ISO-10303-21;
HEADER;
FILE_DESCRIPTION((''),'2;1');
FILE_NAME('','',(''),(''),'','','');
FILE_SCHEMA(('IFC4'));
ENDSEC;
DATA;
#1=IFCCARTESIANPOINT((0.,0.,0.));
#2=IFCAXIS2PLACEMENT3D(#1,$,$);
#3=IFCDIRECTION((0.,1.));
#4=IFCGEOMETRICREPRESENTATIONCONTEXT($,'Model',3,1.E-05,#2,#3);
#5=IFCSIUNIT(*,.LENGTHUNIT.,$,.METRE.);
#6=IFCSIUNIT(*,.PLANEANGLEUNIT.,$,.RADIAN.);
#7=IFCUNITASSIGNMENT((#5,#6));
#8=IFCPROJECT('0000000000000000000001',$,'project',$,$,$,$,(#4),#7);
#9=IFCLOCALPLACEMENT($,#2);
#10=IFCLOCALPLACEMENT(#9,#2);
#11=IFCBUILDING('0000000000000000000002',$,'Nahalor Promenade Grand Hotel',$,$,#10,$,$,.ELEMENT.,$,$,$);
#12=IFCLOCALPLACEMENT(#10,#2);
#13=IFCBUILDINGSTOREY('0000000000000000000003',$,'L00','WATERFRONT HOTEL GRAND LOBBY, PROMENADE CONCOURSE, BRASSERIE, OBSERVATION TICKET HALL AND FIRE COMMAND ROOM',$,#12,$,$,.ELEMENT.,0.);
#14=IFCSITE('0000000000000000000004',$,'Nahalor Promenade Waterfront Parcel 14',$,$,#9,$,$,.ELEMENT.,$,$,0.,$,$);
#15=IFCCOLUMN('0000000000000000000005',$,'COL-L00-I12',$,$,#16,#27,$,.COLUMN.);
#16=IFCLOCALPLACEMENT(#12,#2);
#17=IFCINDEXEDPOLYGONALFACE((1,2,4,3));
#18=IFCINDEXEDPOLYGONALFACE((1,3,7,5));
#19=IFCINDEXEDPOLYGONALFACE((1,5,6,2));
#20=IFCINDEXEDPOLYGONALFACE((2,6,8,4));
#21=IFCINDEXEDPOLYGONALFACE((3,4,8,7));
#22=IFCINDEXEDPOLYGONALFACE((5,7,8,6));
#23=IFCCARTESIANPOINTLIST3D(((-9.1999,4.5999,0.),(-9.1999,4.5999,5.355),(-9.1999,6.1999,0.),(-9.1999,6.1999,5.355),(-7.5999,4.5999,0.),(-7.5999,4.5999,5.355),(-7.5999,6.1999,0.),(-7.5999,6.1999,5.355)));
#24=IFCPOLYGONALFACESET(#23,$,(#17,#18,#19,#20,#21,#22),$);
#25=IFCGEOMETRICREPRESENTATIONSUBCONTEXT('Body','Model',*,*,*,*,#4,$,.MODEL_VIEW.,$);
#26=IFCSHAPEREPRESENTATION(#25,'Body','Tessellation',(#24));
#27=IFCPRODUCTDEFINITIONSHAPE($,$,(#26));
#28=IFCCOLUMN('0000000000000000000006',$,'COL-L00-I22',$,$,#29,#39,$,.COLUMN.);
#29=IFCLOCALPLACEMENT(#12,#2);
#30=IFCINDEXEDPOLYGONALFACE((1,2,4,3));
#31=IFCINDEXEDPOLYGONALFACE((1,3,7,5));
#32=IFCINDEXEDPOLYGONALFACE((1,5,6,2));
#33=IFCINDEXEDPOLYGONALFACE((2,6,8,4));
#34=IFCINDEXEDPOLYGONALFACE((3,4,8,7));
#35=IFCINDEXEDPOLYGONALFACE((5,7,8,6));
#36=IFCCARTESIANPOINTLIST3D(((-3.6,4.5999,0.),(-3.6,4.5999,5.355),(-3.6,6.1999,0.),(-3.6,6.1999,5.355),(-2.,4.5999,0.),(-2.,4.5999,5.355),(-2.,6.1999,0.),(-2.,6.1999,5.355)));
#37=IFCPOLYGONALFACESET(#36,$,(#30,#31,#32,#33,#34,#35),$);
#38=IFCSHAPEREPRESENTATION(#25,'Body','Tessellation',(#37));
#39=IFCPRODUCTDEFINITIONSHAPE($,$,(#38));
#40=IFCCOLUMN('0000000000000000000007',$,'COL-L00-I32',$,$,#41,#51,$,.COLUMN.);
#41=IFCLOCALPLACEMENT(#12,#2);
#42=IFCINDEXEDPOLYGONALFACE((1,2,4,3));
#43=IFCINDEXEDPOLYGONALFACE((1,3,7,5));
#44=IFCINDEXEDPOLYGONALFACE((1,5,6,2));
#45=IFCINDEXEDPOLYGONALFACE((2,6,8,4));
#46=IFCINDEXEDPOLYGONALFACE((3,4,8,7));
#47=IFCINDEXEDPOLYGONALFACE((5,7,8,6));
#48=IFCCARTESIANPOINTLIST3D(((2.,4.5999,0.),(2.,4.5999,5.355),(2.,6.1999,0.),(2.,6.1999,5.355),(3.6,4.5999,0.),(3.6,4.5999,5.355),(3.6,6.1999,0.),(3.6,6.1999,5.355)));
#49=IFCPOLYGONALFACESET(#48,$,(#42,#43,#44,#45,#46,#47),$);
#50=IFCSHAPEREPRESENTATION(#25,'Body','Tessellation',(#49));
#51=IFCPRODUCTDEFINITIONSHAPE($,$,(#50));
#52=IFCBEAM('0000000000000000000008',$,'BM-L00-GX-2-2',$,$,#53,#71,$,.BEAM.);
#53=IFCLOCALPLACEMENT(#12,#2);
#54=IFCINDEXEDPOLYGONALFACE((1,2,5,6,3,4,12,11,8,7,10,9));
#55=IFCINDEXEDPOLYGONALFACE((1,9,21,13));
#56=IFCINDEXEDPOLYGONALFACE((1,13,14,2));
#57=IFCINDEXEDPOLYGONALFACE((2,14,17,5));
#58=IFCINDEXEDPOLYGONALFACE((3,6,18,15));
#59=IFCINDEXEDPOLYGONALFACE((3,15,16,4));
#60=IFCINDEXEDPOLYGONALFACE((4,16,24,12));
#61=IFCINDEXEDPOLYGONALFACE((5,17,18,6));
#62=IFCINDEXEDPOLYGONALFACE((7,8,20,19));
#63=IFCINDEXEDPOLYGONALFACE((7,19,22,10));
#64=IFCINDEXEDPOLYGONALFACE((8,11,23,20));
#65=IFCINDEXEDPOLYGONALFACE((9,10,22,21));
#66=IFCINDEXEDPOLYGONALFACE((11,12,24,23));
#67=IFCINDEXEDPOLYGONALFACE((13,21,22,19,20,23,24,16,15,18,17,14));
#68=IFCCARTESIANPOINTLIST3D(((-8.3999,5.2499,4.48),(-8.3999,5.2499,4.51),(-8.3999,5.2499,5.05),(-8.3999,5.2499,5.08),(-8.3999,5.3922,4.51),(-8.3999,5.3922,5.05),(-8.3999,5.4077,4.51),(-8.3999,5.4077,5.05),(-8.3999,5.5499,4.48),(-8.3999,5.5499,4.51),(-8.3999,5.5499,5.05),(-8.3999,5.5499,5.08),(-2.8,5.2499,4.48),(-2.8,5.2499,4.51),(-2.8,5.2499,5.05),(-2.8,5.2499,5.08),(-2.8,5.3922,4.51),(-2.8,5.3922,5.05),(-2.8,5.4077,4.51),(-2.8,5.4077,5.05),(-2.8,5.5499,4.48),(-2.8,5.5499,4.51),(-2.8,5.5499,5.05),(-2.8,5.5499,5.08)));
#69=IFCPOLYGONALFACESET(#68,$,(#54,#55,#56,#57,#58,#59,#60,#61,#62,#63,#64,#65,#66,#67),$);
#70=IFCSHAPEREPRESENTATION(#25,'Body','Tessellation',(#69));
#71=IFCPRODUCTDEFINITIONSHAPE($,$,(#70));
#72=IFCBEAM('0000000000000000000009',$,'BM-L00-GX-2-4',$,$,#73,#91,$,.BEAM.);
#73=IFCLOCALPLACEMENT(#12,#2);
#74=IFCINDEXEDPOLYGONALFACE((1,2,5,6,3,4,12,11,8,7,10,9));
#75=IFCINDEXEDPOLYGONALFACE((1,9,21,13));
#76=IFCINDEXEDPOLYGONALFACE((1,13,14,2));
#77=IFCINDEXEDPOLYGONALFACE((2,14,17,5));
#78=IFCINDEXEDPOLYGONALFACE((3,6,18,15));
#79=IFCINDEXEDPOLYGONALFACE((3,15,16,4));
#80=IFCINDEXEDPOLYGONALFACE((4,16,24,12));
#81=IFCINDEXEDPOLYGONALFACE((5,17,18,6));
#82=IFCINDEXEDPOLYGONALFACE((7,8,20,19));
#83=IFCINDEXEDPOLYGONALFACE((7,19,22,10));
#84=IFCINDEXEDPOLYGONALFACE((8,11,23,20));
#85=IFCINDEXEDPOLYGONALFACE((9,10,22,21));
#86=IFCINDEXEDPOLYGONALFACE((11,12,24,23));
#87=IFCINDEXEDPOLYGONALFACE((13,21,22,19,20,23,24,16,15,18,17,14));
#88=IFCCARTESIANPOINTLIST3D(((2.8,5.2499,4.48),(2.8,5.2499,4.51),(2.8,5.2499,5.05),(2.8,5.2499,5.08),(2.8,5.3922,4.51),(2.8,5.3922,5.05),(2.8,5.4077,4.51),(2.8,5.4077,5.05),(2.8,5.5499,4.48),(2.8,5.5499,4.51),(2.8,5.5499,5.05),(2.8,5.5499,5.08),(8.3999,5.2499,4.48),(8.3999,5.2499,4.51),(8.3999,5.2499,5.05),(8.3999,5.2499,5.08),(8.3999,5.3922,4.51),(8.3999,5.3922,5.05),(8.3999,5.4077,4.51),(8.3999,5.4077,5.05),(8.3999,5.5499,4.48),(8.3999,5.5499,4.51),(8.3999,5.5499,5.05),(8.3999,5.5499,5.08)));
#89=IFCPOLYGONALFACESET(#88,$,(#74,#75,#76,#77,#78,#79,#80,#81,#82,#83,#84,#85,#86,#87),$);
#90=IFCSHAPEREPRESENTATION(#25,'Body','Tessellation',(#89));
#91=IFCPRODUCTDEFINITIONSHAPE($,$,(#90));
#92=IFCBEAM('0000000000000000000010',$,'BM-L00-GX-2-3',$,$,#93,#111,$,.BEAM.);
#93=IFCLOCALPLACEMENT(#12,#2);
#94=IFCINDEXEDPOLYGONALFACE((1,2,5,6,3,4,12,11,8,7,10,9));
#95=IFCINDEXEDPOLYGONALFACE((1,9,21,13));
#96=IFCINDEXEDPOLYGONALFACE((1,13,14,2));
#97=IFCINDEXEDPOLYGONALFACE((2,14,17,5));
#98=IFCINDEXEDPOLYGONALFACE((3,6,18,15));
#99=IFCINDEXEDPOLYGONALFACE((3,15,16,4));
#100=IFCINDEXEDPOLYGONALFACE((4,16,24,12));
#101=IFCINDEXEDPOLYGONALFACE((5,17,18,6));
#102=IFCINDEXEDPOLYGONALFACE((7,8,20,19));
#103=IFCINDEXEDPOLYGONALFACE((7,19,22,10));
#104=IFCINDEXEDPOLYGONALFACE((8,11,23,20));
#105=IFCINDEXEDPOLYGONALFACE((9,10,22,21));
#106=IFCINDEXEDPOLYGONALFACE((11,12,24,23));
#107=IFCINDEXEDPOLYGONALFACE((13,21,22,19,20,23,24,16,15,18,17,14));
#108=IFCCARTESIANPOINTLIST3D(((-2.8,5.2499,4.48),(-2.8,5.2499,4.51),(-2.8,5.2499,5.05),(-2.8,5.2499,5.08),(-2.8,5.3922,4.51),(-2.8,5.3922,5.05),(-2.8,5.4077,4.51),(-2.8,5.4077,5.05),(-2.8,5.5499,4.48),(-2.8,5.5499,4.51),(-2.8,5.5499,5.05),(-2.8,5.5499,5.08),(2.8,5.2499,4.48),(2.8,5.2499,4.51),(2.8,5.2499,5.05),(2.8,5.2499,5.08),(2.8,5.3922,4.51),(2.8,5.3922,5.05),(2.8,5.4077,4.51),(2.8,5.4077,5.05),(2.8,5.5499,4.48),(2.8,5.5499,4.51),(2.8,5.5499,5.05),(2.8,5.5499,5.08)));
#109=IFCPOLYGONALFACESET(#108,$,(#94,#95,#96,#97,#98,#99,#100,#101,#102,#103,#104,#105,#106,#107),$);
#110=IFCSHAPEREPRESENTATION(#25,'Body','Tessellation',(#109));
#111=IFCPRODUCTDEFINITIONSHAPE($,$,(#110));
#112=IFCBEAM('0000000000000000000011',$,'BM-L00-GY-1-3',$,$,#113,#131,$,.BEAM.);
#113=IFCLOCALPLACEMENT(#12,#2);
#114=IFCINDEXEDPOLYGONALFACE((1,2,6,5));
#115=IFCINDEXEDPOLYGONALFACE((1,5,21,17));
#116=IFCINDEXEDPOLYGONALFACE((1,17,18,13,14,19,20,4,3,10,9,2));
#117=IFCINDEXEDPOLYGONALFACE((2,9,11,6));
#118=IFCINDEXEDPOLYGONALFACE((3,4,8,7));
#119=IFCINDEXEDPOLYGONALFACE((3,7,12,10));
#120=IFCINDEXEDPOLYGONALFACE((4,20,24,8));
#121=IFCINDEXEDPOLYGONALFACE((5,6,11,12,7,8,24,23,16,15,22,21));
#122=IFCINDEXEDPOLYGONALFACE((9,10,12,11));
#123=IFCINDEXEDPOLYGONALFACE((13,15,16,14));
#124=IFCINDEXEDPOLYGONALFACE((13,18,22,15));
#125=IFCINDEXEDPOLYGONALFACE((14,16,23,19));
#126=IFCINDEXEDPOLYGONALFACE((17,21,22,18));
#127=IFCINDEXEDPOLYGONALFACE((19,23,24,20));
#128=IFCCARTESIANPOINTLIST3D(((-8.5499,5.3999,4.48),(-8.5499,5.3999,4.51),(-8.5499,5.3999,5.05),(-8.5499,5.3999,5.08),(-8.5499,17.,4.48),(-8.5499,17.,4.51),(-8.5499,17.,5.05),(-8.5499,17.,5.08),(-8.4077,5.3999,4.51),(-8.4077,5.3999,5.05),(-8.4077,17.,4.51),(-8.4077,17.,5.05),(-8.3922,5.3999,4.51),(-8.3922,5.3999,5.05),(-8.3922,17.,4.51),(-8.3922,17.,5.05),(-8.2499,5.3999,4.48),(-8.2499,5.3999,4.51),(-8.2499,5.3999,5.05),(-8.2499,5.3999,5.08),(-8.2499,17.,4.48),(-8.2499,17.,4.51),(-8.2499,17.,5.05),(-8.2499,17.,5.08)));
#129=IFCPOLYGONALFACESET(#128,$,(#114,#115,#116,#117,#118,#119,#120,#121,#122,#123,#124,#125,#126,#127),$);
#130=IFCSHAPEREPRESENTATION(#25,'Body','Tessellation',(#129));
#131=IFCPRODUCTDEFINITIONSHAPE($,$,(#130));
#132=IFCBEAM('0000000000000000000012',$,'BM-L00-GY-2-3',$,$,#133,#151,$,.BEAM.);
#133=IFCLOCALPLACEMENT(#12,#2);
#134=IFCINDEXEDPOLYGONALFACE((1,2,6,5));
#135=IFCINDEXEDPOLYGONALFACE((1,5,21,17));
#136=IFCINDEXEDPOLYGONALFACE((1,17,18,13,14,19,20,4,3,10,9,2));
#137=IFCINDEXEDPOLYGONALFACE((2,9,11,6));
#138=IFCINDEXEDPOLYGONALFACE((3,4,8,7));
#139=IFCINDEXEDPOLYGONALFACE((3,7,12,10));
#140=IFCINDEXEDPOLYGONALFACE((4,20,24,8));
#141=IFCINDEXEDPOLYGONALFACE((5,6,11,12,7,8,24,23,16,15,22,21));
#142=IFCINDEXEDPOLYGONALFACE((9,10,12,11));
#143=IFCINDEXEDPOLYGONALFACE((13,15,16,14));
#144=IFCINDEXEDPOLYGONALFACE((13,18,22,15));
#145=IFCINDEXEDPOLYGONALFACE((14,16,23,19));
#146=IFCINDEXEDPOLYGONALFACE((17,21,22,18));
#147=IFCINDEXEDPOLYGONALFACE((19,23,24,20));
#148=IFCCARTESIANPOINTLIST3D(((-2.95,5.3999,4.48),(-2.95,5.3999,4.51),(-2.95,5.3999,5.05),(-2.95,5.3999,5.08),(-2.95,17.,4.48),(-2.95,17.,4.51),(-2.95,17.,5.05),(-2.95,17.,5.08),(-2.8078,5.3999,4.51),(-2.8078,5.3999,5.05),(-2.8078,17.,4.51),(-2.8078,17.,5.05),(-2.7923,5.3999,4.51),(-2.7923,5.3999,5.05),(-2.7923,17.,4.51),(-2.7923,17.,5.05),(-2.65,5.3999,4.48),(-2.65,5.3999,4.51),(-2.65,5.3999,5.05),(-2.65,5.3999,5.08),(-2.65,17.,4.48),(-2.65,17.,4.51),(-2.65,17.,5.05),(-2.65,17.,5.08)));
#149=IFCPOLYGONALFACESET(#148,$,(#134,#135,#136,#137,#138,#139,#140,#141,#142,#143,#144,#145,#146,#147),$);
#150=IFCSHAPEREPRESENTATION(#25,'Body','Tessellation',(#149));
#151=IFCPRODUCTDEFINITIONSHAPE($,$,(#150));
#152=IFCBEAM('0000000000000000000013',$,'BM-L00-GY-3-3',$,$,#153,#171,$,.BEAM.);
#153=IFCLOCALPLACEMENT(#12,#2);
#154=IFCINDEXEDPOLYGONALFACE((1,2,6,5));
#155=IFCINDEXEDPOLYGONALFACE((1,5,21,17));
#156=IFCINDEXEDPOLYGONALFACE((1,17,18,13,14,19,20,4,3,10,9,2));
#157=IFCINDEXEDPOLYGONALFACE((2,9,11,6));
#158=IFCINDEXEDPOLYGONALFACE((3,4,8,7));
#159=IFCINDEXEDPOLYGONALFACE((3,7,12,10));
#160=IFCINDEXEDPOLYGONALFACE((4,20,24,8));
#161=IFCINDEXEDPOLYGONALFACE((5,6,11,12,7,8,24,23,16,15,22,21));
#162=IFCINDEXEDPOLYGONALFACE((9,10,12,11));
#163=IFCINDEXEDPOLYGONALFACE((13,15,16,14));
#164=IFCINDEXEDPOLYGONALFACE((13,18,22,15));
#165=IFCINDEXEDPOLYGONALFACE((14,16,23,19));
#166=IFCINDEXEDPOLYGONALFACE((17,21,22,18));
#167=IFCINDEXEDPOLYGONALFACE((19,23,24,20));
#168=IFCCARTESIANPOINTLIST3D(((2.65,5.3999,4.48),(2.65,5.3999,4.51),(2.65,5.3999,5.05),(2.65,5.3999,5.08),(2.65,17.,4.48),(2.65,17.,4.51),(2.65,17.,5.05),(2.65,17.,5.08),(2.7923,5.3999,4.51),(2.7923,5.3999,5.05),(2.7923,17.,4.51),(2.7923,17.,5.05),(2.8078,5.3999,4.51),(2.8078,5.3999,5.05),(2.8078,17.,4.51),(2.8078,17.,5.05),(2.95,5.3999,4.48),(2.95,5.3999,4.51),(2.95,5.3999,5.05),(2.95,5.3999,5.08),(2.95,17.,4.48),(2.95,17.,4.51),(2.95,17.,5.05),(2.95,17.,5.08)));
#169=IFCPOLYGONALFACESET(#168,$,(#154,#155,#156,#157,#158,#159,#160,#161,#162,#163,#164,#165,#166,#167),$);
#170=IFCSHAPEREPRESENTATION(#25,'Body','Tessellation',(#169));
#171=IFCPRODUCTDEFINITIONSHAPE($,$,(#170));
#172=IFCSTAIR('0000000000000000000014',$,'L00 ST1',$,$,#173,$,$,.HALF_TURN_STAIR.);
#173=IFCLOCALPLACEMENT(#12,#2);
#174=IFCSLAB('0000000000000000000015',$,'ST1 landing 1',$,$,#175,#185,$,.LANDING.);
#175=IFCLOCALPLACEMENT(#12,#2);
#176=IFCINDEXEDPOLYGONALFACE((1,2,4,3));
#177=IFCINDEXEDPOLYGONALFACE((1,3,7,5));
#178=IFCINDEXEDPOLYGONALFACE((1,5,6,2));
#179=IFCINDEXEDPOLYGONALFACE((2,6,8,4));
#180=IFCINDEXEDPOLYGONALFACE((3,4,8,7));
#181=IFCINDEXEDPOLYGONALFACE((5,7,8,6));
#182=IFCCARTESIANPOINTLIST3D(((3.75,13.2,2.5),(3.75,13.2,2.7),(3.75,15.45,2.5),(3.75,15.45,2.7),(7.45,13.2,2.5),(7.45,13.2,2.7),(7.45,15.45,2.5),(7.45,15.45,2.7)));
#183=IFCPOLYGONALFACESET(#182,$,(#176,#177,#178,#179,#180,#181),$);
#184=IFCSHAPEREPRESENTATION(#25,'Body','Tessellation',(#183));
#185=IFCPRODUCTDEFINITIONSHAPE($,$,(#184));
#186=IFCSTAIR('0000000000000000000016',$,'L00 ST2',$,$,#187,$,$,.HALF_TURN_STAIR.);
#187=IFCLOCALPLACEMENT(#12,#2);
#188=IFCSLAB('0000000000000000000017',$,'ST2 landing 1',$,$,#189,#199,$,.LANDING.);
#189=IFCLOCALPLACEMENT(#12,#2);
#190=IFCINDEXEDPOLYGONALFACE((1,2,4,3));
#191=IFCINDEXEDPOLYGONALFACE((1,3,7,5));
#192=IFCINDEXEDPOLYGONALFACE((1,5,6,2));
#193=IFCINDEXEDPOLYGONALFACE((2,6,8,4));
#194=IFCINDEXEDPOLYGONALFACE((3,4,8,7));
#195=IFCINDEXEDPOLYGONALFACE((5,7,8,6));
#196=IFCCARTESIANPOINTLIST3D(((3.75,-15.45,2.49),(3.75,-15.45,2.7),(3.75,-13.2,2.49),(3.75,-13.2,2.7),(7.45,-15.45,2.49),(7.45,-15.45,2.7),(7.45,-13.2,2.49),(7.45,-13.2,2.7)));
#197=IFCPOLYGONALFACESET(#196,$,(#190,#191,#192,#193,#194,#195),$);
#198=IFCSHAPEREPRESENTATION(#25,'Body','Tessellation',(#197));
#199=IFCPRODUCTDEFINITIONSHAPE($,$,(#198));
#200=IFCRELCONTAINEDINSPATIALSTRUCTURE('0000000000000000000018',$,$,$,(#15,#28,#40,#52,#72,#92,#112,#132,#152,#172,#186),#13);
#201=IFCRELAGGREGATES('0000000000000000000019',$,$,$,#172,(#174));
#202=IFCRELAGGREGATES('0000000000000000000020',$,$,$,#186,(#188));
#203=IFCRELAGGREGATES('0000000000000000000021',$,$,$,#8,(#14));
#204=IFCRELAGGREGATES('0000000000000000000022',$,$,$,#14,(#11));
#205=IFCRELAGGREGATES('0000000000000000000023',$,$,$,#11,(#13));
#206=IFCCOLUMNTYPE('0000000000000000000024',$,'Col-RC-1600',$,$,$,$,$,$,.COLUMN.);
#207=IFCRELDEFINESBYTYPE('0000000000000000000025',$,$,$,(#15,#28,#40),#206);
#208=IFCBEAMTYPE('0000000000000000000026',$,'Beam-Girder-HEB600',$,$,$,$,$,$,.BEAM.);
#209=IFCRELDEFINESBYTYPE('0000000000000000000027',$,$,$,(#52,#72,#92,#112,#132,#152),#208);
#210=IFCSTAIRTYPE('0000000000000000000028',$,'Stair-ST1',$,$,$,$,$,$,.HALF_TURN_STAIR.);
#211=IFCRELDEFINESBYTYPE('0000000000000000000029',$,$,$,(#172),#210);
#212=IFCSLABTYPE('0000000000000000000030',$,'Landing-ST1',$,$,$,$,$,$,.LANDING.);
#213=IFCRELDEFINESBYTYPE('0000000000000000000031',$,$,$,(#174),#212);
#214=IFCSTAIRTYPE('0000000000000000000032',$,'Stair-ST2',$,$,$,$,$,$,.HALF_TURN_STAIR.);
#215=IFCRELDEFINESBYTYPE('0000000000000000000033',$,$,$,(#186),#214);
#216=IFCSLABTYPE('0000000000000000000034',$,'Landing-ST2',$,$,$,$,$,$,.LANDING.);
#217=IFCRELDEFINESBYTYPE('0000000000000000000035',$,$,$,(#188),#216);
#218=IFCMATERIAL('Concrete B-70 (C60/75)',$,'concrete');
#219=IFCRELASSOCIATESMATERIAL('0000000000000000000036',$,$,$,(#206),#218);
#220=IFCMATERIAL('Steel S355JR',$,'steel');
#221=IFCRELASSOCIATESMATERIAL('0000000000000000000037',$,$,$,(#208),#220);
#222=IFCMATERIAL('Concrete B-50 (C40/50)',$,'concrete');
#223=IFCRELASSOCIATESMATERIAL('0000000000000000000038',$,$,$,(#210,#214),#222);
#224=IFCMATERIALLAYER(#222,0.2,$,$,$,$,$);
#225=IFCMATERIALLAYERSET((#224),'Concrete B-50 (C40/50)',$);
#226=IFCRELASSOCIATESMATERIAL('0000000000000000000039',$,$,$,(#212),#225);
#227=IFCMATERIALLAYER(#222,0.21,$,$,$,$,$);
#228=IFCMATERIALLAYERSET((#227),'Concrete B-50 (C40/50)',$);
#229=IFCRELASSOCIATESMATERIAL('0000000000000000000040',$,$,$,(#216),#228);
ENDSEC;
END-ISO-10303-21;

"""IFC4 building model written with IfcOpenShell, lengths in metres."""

from ifc_helpers import new_model, si_unit, direction, frame, origin, origin_2d, place, context, subcontext, project, spatial, polyline, rectangle, i_section, outline, extrude, source, transform, mapped, material, layer, layer_set, material_profile, profile_set, type_object, element, aggregate, save


model = new_model("IFC4")

# Units and contexts
model_context = context("Model", 3, precision=1e-05, world=origin(), true_north=direction((0.0, 1.0)))
body_context = subcontext(model_context, "Body", "Model", "MODEL_VIEW")
ifc_project = project(units=[si_unit("LENGTHUNIT", "METRE"), si_unit("PLANEANGLEUNIT", "RADIAN")], contexts=[model_context])

# Site, building, storey
site_placement = place(None, origin())
site = spatial("IfcSite", under=ifc_project, at=site_placement, Name="Nahalor Promenade Waterfront Parcel 14", CompositionType="ELEMENT", RefElevation=0.0)
building_placement = place(site_placement, origin())
building = spatial("IfcBuilding", under=site, at=building_placement, Name="Nahalor Promenade Grand Hotel", CompositionType="ELEMENT")
storey_placement = place(building_placement, origin())
storey = spatial("IfcBuildingStorey", under=building, at=storey_placement, Name="L00", Description="WATERFRONT HOTEL GRAND LOBBY, PROMENADE CONCOURSE, BRASSERIE, OBSERVATION TICKET HALL AND FIRE COMMAND ROOM", CompositionType="ELEMENT", Elevation=0.0)

# Columns
ifc_material_1 = material(Name="Concrete B-70 (C60/75)", Category="concrete")
ifc_material_profile_1 = material_profile(ifc_material_1, rectangle(XDim=1.6, YDim=1.6, at=origin_2d()), Name="RC 1600x1600")
ifc_profile_set_1 = profile_set([ifc_material_profile_1], Name="Concrete B-70 (C60/75)")
column_type = type_object("IfcColumnType", Name="Col-RC-1600", PredefinedType="COLUMN", material=ifc_profile_set_1)
shared_shape_1 = source(origin(), body_context, "Body", "SweptSolid", [
    extrude(rectangle(XDim=1.6, YDim=1.6, at=origin_2d()), origin(), (0.0, 0.0, 1.0), 5.355),
])
for number, where, z_axis, x_axis, name in (
    (1, (-8.3999, 5.3999, 0.0), (0.0, 0.0, 1.0), (1.0, 0.0, 0.0), "COL-L00-I12"),
    (2, (-2.8, 5.3999, 0.0), (0.0, 0.0, 1.0), (1.0, 0.0, 0.0), "COL-L00-I22"),
    (3, (2.8, 5.3999, 0.0), (0.0, 0.0, 1.0), (1.0, 0.0, 0.0), "COL-L00-I32"),
):
    element("IfcColumn", number, at=place(storey_placement, frame(where, z_axis=z_axis, x_axis=x_axis)), inside=storey, type_object=column_type, Name=name, PredefinedType="COLUMN", context=body_context, shape_type="MappedRepresentation", body=[
        mapped(shared_shape_1, transform((0.0, 0.0, 0.0), scale=1.0)),
    ])

# Beams
ifc_material_2 = material(Name="Steel S355JR", Category="steel")
ifc_material_profile_2 = material_profile(ifc_material_2, i_section(OverallWidth=0.3, OverallDepth=0.6, WebThickness=0.0155, FlangeThickness=0.03, at=origin_2d()), Name="HEB 600")
ifc_profile_set_2 = profile_set([ifc_material_profile_2], Name="Steel S355JR")
beam_type = type_object("IfcBeamType", Name="Beam-Girder-HEB600", PredefinedType="BEAM", material=ifc_profile_set_2)
shared_shape_2 = source(origin(), body_context, "Body", "SweptSolid", [
    extrude(i_section(OverallWidth=0.3, OverallDepth=0.6, WebThickness=0.0155, FlangeThickness=0.03, at=origin_2d()), origin(), (0.0, 0.0, 1.0), 5.5999),
])
for number, where, z_axis, x_axis, name in (
    (4, (-8.3999, 5.3999, 4.78), (1.0, 0.0, 0.0), (0.0, 1.0, 0.0), "BM-L00-GX-2-2"),
    (5, (2.8, 5.3999, 4.78), (1.0, 0.0, 0.0), (0.0, 1.0, 0.0), "BM-L00-GX-2-4"),
):
    element("IfcBeam", number, at=place(storey_placement, frame(where, z_axis=z_axis, x_axis=x_axis)), inside=storey, type_object=beam_type, Name=name, PredefinedType="BEAM", context=body_context, shape_type="MappedRepresentation", body=[
        mapped(shared_shape_2, transform((0.0, 0.0, 0.0), scale=1.0)),
    ])
shared_shape_3 = source(origin(), body_context, "Body", "SweptSolid", [
    extrude(i_section(OverallWidth=0.3, OverallDepth=0.6, WebThickness=0.0155, FlangeThickness=0.03, at=origin_2d()), origin(), (0.0, 0.0, 1.0), 5.6001),
])
beam_placement = place(storey_placement, frame((-2.8, 5.3999, 4.78), z_axis=(1.0, 0.0, 0.0), x_axis=(0.0, 1.0, 0.0)))
element("IfcBeam", 6, at=beam_placement, inside=storey, type_object=beam_type, Name="BM-L00-GX-2-3", PredefinedType="BEAM", context=body_context, shape_type="MappedRepresentation", body=[
    mapped(shared_shape_3, transform((0.0, 0.0, 0.0), scale=1.0)),
])
shared_shape_4 = source(origin(), body_context, "Body", "SweptSolid", [
    extrude(i_section(OverallWidth=0.3, OverallDepth=0.6, WebThickness=0.0155, FlangeThickness=0.03, at=origin_2d()), origin(), (0.0, 0.0, 1.0), 11.6001),
])
for number, where, z_axis, x_axis, name in (
    (7, (-8.3999, 5.3999, 4.78), (0.0, 1.0, 0.0), (-1.0, 0.0, 0.0), "BM-L00-GY-1-3"),
    (8, (-2.8, 5.3999, 4.78), (0.0, 1.0, 0.0), (-1.0, 0.0, 0.0), "BM-L00-GY-2-3"),
    (9, (2.8, 5.3999, 4.78), (0.0, 1.0, 0.0), (-1.0, 0.0, 0.0), "BM-L00-GY-3-3"),
):
    element("IfcBeam", number, at=place(storey_placement, frame(where, z_axis=z_axis, x_axis=x_axis)), inside=storey, type_object=beam_type, Name=name, PredefinedType="BEAM", context=body_context, shape_type="MappedRepresentation", body=[
        mapped(shared_shape_4, transform((0.0, 0.0, 0.0), scale=1.0)),
    ])

# Stairs, slabs
ifc_material_3 = material(Name="Concrete B-50 (C40/50)", Category="concrete")
stair_type_1 = type_object("IfcStairType", Name="Stair-ST1", PredefinedType="HALF_TURN_STAIR", material=ifc_material_3)
stair_1_placement = place(storey_placement, origin())
stair_1 = element("IfcStair", 10, at=stair_1_placement, inside=storey, type_object=stair_type_1, Name="L00 ST1", PredefinedType="HALF_TURN_STAIR")
ifc_layer_1 = layer(ifc_material_3, 0.2)
ifc_layer_set_1 = layer_set([ifc_layer_1], Name="Concrete B-50 (C40/50)")
slab_type_1 = type_object("IfcSlabType", Name="Landing-ST1", PredefinedType="LANDING", material=ifc_layer_set_1)
slab_1_placement = place(storey_placement, frame((0.0, 0.0, 2.5)))
slab_1 = element("IfcSlab", 11, at=slab_1_placement, type_object=slab_type_1, Name="ST1 landing 1", PredefinedType="LANDING", context=body_context, shape_type="SweptSolid", body=[
    extrude(outline(polyline([(7.45, 13.2), (7.45, 15.45), (3.75, 15.45), (3.75, 13.2), (7.45, 13.2)])), origin(), (0.0, 0.0, 1.0), 0.2),
])
aggregate(stair_1, [slab_1])
stair_type_2 = type_object("IfcStairType", Name="Stair-ST2", PredefinedType="HALF_TURN_STAIR", material=ifc_material_3)
stair_2_placement = place(storey_placement, origin())
stair_2 = element("IfcStair", 12, at=stair_2_placement, inside=storey, type_object=stair_type_2, Name="L00 ST2", PredefinedType="HALF_TURN_STAIR")
ifc_layer_2 = layer(ifc_material_3, 0.21)
ifc_layer_set_2 = layer_set([ifc_layer_2], Name="Concrete B-50 (C40/50)")
slab_type_2 = type_object("IfcSlabType", Name="Landing-ST2", PredefinedType="LANDING", material=ifc_layer_set_2)
slab_2_placement = place(storey_placement, frame((0.0, 0.0, 2.49)))
slab_2 = element("IfcSlab", 13, at=slab_2_placement, type_object=slab_type_2, Name="ST2 landing 1", PredefinedType="LANDING", context=body_context, shape_type="SweptSolid", body=[
    extrude(outline(polyline([(3.75, -13.2), (3.75, -15.45), (7.45, -15.45), (7.45, -13.2), (3.75, -13.2)])), origin(), (0.0, 0.0, 1.0), 0.21),
])
aggregate(stair_2, [slab_2])

save(model, "model.ifc")
